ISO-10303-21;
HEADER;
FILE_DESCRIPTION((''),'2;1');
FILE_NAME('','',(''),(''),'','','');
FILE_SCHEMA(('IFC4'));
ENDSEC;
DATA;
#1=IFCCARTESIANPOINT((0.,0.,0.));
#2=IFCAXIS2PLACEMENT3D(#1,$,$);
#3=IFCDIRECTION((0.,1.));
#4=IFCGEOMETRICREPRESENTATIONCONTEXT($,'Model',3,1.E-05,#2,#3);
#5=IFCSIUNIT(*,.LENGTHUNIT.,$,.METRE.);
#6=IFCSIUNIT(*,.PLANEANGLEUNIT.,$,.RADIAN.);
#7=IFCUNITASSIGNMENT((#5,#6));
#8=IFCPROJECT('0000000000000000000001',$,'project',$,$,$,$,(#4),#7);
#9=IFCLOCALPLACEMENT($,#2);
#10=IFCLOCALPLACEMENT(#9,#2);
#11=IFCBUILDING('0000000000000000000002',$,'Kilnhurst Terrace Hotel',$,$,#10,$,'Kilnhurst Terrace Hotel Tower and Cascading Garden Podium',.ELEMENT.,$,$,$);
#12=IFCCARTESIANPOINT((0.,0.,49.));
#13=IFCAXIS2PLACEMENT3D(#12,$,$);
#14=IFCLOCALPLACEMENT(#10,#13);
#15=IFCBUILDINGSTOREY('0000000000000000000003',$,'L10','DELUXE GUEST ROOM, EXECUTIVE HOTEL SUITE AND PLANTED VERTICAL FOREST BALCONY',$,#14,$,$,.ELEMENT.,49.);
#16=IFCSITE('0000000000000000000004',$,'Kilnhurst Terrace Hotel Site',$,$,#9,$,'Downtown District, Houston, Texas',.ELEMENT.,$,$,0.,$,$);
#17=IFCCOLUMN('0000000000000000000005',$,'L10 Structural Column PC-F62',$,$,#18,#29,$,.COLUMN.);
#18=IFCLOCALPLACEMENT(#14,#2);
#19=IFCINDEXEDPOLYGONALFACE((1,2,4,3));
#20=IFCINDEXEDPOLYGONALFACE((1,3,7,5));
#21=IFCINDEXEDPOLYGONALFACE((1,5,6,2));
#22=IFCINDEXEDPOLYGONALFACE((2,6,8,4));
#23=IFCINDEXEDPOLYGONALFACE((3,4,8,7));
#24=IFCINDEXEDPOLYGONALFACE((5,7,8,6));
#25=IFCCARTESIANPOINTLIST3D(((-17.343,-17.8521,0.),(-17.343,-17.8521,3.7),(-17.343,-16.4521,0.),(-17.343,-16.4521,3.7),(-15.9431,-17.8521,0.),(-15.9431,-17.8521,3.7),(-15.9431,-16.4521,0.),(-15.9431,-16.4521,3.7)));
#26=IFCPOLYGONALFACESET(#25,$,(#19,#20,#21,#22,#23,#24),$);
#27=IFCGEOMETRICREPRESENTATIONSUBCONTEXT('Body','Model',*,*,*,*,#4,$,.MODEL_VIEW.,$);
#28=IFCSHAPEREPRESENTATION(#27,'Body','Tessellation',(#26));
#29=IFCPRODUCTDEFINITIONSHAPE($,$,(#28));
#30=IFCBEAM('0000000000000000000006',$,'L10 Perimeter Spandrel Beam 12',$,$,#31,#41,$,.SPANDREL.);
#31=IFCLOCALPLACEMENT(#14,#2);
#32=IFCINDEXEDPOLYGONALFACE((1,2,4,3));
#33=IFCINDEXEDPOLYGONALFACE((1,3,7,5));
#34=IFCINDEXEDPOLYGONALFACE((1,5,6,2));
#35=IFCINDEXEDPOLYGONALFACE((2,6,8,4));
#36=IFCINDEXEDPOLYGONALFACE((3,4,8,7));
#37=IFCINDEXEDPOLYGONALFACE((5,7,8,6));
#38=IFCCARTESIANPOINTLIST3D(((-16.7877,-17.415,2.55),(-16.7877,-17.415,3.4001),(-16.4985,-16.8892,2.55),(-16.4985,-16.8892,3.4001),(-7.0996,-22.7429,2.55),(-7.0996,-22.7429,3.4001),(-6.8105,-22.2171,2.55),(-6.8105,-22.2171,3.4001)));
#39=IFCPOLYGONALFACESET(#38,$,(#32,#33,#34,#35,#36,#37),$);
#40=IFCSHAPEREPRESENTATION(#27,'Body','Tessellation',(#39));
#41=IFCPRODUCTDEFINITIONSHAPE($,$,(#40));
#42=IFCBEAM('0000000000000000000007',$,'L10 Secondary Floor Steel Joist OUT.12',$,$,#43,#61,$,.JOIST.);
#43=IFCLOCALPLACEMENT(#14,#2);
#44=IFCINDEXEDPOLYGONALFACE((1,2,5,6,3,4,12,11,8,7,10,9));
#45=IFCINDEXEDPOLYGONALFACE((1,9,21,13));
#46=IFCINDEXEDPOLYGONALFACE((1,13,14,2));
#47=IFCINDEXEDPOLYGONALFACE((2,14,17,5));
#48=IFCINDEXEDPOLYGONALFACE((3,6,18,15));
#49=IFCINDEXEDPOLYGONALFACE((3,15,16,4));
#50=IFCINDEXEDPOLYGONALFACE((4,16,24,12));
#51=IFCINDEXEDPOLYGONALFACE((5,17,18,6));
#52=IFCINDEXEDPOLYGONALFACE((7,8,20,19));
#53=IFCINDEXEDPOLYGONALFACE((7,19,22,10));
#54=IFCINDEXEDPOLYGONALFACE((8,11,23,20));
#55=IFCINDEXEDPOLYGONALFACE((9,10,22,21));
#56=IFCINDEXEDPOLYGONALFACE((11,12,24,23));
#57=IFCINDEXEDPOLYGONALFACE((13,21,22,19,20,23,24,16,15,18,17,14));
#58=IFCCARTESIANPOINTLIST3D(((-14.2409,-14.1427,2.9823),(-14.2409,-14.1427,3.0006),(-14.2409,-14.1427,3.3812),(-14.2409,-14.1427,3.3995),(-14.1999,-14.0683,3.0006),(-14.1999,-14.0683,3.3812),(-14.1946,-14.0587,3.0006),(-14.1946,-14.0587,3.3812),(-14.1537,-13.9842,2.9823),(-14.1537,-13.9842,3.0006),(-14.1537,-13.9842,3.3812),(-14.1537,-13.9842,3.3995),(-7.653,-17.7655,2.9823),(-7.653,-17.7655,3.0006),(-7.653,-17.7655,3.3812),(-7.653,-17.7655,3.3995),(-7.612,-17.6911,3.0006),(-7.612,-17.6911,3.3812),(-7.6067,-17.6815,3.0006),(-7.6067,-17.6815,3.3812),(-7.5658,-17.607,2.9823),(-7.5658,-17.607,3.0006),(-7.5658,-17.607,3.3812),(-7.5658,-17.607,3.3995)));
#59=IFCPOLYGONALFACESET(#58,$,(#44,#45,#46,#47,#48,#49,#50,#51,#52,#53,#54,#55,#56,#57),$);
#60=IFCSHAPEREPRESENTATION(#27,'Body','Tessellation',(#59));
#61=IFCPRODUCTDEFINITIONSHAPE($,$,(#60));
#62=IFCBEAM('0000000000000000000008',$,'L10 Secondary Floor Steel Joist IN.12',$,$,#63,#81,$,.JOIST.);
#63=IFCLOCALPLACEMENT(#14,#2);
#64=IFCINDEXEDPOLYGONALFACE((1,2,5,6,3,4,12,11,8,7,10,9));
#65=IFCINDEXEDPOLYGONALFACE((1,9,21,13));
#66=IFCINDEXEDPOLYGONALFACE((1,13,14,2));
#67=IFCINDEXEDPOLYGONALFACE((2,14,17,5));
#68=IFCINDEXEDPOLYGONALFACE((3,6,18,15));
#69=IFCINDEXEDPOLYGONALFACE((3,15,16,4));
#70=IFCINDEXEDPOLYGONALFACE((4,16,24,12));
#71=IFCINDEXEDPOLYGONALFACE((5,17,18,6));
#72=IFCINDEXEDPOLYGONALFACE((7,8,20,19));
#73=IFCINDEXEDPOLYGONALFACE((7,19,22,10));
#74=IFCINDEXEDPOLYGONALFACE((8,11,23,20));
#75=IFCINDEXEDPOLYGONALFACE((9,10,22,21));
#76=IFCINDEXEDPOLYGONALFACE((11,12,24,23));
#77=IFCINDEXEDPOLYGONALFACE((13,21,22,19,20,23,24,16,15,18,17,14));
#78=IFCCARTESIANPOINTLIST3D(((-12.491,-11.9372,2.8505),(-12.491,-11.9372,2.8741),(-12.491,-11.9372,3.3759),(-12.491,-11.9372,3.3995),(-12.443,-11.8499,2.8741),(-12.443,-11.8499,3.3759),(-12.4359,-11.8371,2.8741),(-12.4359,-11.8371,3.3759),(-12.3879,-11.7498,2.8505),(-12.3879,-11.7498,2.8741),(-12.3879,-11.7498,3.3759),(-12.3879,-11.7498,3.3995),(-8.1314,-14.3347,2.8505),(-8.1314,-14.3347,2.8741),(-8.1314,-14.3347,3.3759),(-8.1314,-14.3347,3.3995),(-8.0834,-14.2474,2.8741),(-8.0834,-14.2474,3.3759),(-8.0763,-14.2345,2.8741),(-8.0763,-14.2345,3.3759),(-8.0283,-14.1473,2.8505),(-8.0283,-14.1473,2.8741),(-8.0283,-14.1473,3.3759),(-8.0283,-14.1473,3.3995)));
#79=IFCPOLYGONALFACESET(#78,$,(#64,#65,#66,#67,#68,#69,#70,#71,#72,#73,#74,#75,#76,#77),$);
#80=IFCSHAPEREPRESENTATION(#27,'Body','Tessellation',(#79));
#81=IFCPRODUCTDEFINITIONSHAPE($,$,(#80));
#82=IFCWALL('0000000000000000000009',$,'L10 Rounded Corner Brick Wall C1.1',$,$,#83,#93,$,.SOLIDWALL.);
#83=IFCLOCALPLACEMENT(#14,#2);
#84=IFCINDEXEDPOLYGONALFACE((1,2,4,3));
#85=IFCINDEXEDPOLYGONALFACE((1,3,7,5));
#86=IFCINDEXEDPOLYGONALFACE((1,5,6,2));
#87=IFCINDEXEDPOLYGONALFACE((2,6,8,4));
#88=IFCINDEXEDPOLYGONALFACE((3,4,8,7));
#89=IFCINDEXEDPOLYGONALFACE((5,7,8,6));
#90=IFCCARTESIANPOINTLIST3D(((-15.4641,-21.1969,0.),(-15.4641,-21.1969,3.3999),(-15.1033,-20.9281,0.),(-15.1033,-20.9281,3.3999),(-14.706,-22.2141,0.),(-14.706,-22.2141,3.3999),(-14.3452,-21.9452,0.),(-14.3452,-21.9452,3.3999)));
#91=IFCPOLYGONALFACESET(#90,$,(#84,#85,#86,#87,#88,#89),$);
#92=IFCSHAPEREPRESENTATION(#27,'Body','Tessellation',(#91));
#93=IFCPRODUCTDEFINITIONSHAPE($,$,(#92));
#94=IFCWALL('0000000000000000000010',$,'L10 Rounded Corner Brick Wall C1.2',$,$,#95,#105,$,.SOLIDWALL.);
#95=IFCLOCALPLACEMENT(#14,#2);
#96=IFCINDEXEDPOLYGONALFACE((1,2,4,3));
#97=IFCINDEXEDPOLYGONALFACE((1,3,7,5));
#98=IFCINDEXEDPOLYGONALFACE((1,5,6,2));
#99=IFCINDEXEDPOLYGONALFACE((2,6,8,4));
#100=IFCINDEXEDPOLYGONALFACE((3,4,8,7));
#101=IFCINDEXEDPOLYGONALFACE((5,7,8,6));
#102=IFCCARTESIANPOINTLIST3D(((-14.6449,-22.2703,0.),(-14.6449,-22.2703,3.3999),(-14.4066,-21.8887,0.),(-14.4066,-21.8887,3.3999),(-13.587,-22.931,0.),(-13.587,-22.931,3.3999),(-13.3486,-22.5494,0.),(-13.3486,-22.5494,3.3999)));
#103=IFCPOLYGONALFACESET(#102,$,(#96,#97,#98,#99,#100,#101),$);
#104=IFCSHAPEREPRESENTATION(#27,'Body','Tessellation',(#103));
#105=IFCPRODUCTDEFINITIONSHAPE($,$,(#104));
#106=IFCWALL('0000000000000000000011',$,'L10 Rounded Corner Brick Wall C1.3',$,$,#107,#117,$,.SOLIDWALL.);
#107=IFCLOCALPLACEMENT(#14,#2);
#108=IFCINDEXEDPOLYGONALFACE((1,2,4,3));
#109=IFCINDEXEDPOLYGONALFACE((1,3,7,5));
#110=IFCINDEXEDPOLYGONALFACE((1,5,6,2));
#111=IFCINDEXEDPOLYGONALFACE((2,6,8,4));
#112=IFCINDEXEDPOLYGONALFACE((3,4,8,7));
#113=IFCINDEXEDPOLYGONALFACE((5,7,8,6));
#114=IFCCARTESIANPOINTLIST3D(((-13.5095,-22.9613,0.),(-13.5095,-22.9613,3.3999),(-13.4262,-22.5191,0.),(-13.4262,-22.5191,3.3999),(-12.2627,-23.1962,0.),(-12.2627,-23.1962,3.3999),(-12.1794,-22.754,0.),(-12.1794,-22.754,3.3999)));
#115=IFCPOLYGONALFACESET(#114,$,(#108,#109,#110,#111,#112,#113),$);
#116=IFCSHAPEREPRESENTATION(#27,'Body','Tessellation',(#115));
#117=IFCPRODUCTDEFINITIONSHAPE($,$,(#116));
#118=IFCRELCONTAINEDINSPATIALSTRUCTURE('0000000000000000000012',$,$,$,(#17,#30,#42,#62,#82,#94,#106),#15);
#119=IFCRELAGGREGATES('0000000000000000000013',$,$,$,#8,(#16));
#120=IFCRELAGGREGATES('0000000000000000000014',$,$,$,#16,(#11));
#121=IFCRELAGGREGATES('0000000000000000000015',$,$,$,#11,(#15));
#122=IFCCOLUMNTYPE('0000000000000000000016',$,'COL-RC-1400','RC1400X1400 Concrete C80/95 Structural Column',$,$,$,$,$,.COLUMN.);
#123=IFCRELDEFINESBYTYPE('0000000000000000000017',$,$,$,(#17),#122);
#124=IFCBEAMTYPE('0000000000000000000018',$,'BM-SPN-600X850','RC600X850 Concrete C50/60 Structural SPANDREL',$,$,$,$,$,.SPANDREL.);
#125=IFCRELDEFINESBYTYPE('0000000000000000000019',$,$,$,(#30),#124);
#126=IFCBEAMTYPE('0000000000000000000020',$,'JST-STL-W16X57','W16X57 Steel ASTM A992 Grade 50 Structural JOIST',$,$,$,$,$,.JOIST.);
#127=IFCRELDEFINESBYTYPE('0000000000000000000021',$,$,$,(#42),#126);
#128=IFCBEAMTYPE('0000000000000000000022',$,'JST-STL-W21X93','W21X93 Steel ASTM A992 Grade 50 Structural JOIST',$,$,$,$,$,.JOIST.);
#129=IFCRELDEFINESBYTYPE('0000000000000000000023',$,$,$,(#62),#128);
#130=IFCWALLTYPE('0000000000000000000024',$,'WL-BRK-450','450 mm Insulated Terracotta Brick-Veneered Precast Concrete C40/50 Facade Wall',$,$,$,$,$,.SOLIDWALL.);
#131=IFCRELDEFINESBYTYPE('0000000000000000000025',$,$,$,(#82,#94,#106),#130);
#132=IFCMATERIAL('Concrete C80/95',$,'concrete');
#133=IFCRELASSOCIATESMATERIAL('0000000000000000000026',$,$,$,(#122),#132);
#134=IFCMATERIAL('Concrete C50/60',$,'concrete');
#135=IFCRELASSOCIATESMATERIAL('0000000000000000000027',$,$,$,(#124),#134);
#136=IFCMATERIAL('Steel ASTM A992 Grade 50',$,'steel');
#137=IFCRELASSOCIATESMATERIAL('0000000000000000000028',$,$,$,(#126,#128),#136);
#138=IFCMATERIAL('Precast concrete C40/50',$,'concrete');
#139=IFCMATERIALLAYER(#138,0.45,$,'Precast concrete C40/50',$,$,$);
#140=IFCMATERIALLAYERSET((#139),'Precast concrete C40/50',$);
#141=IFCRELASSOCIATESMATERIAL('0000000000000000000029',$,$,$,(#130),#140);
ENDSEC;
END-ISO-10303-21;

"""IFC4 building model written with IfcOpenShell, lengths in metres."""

from ifc_helpers import new_model, si_unit, direction, frame, frame_2d, origin, origin_2d, place, context, subcontext, project, spatial, rectangle, i_section, extrude, material, layer, layer_set, material_profile, profile_set, type_object, element, save


model = new_model("IFC4")

# Units and contexts
model_context = context("Model", 3, precision=1e-05, world=origin(), true_north=direction((0.0, 1.0)))
body_context = subcontext(model_context, "Body", "Model", "MODEL_VIEW")
ifc_project = project(units=[si_unit("LENGTHUNIT", "METRE"), si_unit("PLANEANGLEUNIT", "RADIAN")], contexts=[model_context])

# Site, building, storey
site_placement = place(None, origin())
site = spatial("IfcSite", under=ifc_project, at=site_placement, Name="Kilnhurst Terrace Hotel Site", LongName="Downtown District, Houston, Texas", CompositionType="ELEMENT", RefElevation=0.0)
building_placement = place(site_placement, origin())
building = spatial("IfcBuilding", under=site, at=building_placement, Name="Kilnhurst Terrace Hotel", LongName="Kilnhurst Terrace Hotel Tower and Cascading Garden Podium", CompositionType="ELEMENT")
storey_placement = place(building_placement, frame((0.0, 0.0, 49.0)))
storey = spatial("IfcBuildingStorey", under=building, at=storey_placement, Name="L10", Description="DELUXE GUEST ROOM, EXECUTIVE HOTEL SUITE AND PLANTED VERTICAL FOREST BALCONY", CompositionType="ELEMENT", Elevation=49.0)

# Column
ifc_material_1 = material(Name="Concrete C80/95", Category="concrete")
ifc_material_profile_1 = material_profile(ifc_material_1, rectangle(XDim=1.3999, YDim=1.3999, at=origin_2d()), Name="RC1400X1400")
ifc_profile_set_1 = profile_set([ifc_material_profile_1], Name="Concrete C80/95")
column_type = type_object("IfcColumnType", Name="COL-RC-1400", Description="RC1400X1400 Concrete C80/95 Structural Column", PredefinedType="COLUMN", material=ifc_profile_set_1)
column_placement = place(storey_placement, frame((-16.6431, -17.1521, 0.0), z_axis=(0.0, 0.0, 1.0), x_axis=(1.0, 0.0, 0.0)))
element("IfcColumn", 1, at=column_placement, inside=storey, type_object=column_type, Name="L10 Structural Column PC-F62", PredefinedType="COLUMN", context=body_context, shape_type="SweptSolid", body=[
    extrude(rectangle(XDim=1.3999, YDim=1.3999, at=origin_2d()), origin(), (0.0, 0.0, 1.0), 3.7),
])

# Beams
ifc_material_2 = material(Name="Concrete C50/60", Category="concrete")
ifc_material_profile_2 = material_profile(ifc_material_2, rectangle(XDim=0.6001, YDim=0.8501, at=origin_2d()), Name="RC600X850")
ifc_profile_set_2 = profile_set([ifc_material_profile_2], Name="Concrete C50/60")
beam_type_1 = type_object("IfcBeamType", Name="BM-SPN-600X850", Description="RC600X850 Concrete C50/60 Structural SPANDREL", PredefinedType="SPANDREL", material=ifc_profile_set_2)
beam_1_placement = place(storey_placement, frame((-16.6431, -17.1521, 2.9751), z_axis=(0.876235, -0.481883, 0.0), x_axis=(0.481883, 0.876235, 0.0)))
element("IfcBeam", 2, at=beam_1_placement, inside=storey, type_object=beam_type_1, Name="L10 Perimeter Spandrel Beam 12", PredefinedType="SPANDREL", context=body_context, shape_type="SweptSolid", body=[
    extrude(rectangle(XDim=0.6001, YDim=0.8501, at=origin_2d()), origin(), (0.0, 0.0, 1.0), 11.0564),
])
ifc_material_3 = material(Name="Steel ASTM A992 Grade 50", Category="steel")
ifc_material_profile_3 = material_profile(ifc_material_3, i_section(OverallWidth=0.1809, OverallDepth=0.4172, WebThickness=0.011, FlangeThickness=0.0183, at=origin_2d()), Name="W16X57")
ifc_profile_set_3 = profile_set([ifc_material_profile_3], Name="Steel ASTM A992 Grade 50")
beam_type_2 = type_object("IfcBeamType", Name="JST-STL-W16X57", Description="W16X57 Steel ASTM A992 Grade 50 Structural JOIST", PredefinedType="JOIST", material=ifc_profile_set_3)
beam_2_placement = place(storey_placement, frame((-14.1973, -14.0635, 3.1909), z_axis=(0.876246, -0.481864, 0.0), x_axis=(0.481864, 0.876246, 0.0)))
element("IfcBeam", 3, at=beam_2_placement, inside=storey, type_object=beam_type_2, Name="L10 Secondary Floor Steel Joist OUT.12", PredefinedType="JOIST", context=body_context, shape_type="SweptSolid", body=[
    extrude(i_section(OverallWidth=0.1809, OverallDepth=0.4172, WebThickness=0.011, FlangeThickness=0.0183, at=origin_2d()), origin(), (0.0, 0.0, 1.0), 7.5183),
])
ifc_material_profile_4 = material_profile(ifc_material_3, i_section(OverallWidth=0.2139, OverallDepth=0.5491, WebThickness=0.0146, FlangeThickness=0.0237, at=origin_2d()), Name="W21X93")
ifc_profile_set_4 = profile_set([ifc_material_profile_4], Name="Steel ASTM A992 Grade 50")
beam_type_3 = type_object("IfcBeamType", Name="JST-STL-W21X93", Description="W21X93 Steel ASTM A992 Grade 50 Structural JOIST", PredefinedType="JOIST", material=ifc_profile_set_4)
beam_3_placement = place(storey_placement, frame((-12.4395, -11.8435, 3.125), z_axis=(0.876244, -0.481868, 0.0), x_axis=(0.481868, 0.876244, 0.0)))
element("IfcBeam", 4, at=beam_3_placement, inside=storey, type_object=beam_type_3, Name="L10 Secondary Floor Steel Joist IN.12", PredefinedType="JOIST", context=body_context, shape_type="SweptSolid", body=[
    extrude(i_section(OverallWidth=0.2139, OverallDepth=0.5491, WebThickness=0.0146, FlangeThickness=0.0237, at=origin_2d()), origin(), (0.0, 0.0, 1.0), 4.9753),
])

# Walls
ifc_material_4 = material(Name="Precast concrete C40/50", Category="concrete")
ifc_layer_1 = layer(ifc_material_4, 0.45, Name="Precast concrete C40/50")
ifc_layer_set_1 = layer_set([ifc_layer_1], Name="Precast concrete C40/50")
wall_type_1 = type_object("IfcWallType", Name="WL-BRK-450", Description="450 mm Insulated Terracotta Brick-Veneered Precast Concrete C40/50 Facade Wall", PredefinedType="SOLIDWALL", material=ifc_layer_set_1)
wall_1_placement = place(storey_placement, frame((-15.2837, -21.0625, 0.0), z_axis=(0.0, 0.0, 1.0), x_axis=(0.597595, -0.801798, 0.0)))
element("IfcWall", 5, at=wall_1_placement, inside=storey, type_object=wall_type_1, Name="L10 Rounded Corner Brick Wall C1.1", PredefinedType="SOLIDWALL", context=body_context, shape_type="SweptSolid", body=[
    extrude(rectangle(XDim=1.2686, YDim=0.45, at=frame_2d((0.6343, 0.0))), origin(), (0.0, 0.0, 1.0), 3.3999),
])
wall_2_placement = place(storey_placement, frame((-14.5256, -22.0796, 0.0), z_axis=(0.0, 0.0, 1.0), x_axis=(0.848185, -0.5297, 0.0)))
element("IfcWall", 6, at=wall_2_placement, inside=storey, type_object=wall_type_1, Name="L10 Rounded Corner Brick Wall C1.2", PredefinedType="SOLIDWALL", context=body_context, shape_type="SweptSolid", body=[
    extrude(rectangle(XDim=1.2473, YDim=0.45, at=frame_2d((0.6235, 0.0))), origin(), (0.0, 0.0, 1.0), 3.3999),
])
wall_3_placement = place(storey_placement, frame((-13.4678, -22.7402, 0.0), z_axis=(0.0, 0.0, 1.0), x_axis=(0.982717, -0.185113, 0.0)))
element("IfcWall", 7, at=wall_3_placement, inside=storey, type_object=wall_type_1, Name="L10 Rounded Corner Brick Wall C1.3", PredefinedType="SOLIDWALL", context=body_context, shape_type="SweptSolid", body=[
    extrude(rectangle(XDim=1.2688, YDim=0.45, at=frame_2d((0.6343, 0.0))), origin(), (0.0, 0.0, 1.0), 3.3999),
])

save(model, "model.ifc")
